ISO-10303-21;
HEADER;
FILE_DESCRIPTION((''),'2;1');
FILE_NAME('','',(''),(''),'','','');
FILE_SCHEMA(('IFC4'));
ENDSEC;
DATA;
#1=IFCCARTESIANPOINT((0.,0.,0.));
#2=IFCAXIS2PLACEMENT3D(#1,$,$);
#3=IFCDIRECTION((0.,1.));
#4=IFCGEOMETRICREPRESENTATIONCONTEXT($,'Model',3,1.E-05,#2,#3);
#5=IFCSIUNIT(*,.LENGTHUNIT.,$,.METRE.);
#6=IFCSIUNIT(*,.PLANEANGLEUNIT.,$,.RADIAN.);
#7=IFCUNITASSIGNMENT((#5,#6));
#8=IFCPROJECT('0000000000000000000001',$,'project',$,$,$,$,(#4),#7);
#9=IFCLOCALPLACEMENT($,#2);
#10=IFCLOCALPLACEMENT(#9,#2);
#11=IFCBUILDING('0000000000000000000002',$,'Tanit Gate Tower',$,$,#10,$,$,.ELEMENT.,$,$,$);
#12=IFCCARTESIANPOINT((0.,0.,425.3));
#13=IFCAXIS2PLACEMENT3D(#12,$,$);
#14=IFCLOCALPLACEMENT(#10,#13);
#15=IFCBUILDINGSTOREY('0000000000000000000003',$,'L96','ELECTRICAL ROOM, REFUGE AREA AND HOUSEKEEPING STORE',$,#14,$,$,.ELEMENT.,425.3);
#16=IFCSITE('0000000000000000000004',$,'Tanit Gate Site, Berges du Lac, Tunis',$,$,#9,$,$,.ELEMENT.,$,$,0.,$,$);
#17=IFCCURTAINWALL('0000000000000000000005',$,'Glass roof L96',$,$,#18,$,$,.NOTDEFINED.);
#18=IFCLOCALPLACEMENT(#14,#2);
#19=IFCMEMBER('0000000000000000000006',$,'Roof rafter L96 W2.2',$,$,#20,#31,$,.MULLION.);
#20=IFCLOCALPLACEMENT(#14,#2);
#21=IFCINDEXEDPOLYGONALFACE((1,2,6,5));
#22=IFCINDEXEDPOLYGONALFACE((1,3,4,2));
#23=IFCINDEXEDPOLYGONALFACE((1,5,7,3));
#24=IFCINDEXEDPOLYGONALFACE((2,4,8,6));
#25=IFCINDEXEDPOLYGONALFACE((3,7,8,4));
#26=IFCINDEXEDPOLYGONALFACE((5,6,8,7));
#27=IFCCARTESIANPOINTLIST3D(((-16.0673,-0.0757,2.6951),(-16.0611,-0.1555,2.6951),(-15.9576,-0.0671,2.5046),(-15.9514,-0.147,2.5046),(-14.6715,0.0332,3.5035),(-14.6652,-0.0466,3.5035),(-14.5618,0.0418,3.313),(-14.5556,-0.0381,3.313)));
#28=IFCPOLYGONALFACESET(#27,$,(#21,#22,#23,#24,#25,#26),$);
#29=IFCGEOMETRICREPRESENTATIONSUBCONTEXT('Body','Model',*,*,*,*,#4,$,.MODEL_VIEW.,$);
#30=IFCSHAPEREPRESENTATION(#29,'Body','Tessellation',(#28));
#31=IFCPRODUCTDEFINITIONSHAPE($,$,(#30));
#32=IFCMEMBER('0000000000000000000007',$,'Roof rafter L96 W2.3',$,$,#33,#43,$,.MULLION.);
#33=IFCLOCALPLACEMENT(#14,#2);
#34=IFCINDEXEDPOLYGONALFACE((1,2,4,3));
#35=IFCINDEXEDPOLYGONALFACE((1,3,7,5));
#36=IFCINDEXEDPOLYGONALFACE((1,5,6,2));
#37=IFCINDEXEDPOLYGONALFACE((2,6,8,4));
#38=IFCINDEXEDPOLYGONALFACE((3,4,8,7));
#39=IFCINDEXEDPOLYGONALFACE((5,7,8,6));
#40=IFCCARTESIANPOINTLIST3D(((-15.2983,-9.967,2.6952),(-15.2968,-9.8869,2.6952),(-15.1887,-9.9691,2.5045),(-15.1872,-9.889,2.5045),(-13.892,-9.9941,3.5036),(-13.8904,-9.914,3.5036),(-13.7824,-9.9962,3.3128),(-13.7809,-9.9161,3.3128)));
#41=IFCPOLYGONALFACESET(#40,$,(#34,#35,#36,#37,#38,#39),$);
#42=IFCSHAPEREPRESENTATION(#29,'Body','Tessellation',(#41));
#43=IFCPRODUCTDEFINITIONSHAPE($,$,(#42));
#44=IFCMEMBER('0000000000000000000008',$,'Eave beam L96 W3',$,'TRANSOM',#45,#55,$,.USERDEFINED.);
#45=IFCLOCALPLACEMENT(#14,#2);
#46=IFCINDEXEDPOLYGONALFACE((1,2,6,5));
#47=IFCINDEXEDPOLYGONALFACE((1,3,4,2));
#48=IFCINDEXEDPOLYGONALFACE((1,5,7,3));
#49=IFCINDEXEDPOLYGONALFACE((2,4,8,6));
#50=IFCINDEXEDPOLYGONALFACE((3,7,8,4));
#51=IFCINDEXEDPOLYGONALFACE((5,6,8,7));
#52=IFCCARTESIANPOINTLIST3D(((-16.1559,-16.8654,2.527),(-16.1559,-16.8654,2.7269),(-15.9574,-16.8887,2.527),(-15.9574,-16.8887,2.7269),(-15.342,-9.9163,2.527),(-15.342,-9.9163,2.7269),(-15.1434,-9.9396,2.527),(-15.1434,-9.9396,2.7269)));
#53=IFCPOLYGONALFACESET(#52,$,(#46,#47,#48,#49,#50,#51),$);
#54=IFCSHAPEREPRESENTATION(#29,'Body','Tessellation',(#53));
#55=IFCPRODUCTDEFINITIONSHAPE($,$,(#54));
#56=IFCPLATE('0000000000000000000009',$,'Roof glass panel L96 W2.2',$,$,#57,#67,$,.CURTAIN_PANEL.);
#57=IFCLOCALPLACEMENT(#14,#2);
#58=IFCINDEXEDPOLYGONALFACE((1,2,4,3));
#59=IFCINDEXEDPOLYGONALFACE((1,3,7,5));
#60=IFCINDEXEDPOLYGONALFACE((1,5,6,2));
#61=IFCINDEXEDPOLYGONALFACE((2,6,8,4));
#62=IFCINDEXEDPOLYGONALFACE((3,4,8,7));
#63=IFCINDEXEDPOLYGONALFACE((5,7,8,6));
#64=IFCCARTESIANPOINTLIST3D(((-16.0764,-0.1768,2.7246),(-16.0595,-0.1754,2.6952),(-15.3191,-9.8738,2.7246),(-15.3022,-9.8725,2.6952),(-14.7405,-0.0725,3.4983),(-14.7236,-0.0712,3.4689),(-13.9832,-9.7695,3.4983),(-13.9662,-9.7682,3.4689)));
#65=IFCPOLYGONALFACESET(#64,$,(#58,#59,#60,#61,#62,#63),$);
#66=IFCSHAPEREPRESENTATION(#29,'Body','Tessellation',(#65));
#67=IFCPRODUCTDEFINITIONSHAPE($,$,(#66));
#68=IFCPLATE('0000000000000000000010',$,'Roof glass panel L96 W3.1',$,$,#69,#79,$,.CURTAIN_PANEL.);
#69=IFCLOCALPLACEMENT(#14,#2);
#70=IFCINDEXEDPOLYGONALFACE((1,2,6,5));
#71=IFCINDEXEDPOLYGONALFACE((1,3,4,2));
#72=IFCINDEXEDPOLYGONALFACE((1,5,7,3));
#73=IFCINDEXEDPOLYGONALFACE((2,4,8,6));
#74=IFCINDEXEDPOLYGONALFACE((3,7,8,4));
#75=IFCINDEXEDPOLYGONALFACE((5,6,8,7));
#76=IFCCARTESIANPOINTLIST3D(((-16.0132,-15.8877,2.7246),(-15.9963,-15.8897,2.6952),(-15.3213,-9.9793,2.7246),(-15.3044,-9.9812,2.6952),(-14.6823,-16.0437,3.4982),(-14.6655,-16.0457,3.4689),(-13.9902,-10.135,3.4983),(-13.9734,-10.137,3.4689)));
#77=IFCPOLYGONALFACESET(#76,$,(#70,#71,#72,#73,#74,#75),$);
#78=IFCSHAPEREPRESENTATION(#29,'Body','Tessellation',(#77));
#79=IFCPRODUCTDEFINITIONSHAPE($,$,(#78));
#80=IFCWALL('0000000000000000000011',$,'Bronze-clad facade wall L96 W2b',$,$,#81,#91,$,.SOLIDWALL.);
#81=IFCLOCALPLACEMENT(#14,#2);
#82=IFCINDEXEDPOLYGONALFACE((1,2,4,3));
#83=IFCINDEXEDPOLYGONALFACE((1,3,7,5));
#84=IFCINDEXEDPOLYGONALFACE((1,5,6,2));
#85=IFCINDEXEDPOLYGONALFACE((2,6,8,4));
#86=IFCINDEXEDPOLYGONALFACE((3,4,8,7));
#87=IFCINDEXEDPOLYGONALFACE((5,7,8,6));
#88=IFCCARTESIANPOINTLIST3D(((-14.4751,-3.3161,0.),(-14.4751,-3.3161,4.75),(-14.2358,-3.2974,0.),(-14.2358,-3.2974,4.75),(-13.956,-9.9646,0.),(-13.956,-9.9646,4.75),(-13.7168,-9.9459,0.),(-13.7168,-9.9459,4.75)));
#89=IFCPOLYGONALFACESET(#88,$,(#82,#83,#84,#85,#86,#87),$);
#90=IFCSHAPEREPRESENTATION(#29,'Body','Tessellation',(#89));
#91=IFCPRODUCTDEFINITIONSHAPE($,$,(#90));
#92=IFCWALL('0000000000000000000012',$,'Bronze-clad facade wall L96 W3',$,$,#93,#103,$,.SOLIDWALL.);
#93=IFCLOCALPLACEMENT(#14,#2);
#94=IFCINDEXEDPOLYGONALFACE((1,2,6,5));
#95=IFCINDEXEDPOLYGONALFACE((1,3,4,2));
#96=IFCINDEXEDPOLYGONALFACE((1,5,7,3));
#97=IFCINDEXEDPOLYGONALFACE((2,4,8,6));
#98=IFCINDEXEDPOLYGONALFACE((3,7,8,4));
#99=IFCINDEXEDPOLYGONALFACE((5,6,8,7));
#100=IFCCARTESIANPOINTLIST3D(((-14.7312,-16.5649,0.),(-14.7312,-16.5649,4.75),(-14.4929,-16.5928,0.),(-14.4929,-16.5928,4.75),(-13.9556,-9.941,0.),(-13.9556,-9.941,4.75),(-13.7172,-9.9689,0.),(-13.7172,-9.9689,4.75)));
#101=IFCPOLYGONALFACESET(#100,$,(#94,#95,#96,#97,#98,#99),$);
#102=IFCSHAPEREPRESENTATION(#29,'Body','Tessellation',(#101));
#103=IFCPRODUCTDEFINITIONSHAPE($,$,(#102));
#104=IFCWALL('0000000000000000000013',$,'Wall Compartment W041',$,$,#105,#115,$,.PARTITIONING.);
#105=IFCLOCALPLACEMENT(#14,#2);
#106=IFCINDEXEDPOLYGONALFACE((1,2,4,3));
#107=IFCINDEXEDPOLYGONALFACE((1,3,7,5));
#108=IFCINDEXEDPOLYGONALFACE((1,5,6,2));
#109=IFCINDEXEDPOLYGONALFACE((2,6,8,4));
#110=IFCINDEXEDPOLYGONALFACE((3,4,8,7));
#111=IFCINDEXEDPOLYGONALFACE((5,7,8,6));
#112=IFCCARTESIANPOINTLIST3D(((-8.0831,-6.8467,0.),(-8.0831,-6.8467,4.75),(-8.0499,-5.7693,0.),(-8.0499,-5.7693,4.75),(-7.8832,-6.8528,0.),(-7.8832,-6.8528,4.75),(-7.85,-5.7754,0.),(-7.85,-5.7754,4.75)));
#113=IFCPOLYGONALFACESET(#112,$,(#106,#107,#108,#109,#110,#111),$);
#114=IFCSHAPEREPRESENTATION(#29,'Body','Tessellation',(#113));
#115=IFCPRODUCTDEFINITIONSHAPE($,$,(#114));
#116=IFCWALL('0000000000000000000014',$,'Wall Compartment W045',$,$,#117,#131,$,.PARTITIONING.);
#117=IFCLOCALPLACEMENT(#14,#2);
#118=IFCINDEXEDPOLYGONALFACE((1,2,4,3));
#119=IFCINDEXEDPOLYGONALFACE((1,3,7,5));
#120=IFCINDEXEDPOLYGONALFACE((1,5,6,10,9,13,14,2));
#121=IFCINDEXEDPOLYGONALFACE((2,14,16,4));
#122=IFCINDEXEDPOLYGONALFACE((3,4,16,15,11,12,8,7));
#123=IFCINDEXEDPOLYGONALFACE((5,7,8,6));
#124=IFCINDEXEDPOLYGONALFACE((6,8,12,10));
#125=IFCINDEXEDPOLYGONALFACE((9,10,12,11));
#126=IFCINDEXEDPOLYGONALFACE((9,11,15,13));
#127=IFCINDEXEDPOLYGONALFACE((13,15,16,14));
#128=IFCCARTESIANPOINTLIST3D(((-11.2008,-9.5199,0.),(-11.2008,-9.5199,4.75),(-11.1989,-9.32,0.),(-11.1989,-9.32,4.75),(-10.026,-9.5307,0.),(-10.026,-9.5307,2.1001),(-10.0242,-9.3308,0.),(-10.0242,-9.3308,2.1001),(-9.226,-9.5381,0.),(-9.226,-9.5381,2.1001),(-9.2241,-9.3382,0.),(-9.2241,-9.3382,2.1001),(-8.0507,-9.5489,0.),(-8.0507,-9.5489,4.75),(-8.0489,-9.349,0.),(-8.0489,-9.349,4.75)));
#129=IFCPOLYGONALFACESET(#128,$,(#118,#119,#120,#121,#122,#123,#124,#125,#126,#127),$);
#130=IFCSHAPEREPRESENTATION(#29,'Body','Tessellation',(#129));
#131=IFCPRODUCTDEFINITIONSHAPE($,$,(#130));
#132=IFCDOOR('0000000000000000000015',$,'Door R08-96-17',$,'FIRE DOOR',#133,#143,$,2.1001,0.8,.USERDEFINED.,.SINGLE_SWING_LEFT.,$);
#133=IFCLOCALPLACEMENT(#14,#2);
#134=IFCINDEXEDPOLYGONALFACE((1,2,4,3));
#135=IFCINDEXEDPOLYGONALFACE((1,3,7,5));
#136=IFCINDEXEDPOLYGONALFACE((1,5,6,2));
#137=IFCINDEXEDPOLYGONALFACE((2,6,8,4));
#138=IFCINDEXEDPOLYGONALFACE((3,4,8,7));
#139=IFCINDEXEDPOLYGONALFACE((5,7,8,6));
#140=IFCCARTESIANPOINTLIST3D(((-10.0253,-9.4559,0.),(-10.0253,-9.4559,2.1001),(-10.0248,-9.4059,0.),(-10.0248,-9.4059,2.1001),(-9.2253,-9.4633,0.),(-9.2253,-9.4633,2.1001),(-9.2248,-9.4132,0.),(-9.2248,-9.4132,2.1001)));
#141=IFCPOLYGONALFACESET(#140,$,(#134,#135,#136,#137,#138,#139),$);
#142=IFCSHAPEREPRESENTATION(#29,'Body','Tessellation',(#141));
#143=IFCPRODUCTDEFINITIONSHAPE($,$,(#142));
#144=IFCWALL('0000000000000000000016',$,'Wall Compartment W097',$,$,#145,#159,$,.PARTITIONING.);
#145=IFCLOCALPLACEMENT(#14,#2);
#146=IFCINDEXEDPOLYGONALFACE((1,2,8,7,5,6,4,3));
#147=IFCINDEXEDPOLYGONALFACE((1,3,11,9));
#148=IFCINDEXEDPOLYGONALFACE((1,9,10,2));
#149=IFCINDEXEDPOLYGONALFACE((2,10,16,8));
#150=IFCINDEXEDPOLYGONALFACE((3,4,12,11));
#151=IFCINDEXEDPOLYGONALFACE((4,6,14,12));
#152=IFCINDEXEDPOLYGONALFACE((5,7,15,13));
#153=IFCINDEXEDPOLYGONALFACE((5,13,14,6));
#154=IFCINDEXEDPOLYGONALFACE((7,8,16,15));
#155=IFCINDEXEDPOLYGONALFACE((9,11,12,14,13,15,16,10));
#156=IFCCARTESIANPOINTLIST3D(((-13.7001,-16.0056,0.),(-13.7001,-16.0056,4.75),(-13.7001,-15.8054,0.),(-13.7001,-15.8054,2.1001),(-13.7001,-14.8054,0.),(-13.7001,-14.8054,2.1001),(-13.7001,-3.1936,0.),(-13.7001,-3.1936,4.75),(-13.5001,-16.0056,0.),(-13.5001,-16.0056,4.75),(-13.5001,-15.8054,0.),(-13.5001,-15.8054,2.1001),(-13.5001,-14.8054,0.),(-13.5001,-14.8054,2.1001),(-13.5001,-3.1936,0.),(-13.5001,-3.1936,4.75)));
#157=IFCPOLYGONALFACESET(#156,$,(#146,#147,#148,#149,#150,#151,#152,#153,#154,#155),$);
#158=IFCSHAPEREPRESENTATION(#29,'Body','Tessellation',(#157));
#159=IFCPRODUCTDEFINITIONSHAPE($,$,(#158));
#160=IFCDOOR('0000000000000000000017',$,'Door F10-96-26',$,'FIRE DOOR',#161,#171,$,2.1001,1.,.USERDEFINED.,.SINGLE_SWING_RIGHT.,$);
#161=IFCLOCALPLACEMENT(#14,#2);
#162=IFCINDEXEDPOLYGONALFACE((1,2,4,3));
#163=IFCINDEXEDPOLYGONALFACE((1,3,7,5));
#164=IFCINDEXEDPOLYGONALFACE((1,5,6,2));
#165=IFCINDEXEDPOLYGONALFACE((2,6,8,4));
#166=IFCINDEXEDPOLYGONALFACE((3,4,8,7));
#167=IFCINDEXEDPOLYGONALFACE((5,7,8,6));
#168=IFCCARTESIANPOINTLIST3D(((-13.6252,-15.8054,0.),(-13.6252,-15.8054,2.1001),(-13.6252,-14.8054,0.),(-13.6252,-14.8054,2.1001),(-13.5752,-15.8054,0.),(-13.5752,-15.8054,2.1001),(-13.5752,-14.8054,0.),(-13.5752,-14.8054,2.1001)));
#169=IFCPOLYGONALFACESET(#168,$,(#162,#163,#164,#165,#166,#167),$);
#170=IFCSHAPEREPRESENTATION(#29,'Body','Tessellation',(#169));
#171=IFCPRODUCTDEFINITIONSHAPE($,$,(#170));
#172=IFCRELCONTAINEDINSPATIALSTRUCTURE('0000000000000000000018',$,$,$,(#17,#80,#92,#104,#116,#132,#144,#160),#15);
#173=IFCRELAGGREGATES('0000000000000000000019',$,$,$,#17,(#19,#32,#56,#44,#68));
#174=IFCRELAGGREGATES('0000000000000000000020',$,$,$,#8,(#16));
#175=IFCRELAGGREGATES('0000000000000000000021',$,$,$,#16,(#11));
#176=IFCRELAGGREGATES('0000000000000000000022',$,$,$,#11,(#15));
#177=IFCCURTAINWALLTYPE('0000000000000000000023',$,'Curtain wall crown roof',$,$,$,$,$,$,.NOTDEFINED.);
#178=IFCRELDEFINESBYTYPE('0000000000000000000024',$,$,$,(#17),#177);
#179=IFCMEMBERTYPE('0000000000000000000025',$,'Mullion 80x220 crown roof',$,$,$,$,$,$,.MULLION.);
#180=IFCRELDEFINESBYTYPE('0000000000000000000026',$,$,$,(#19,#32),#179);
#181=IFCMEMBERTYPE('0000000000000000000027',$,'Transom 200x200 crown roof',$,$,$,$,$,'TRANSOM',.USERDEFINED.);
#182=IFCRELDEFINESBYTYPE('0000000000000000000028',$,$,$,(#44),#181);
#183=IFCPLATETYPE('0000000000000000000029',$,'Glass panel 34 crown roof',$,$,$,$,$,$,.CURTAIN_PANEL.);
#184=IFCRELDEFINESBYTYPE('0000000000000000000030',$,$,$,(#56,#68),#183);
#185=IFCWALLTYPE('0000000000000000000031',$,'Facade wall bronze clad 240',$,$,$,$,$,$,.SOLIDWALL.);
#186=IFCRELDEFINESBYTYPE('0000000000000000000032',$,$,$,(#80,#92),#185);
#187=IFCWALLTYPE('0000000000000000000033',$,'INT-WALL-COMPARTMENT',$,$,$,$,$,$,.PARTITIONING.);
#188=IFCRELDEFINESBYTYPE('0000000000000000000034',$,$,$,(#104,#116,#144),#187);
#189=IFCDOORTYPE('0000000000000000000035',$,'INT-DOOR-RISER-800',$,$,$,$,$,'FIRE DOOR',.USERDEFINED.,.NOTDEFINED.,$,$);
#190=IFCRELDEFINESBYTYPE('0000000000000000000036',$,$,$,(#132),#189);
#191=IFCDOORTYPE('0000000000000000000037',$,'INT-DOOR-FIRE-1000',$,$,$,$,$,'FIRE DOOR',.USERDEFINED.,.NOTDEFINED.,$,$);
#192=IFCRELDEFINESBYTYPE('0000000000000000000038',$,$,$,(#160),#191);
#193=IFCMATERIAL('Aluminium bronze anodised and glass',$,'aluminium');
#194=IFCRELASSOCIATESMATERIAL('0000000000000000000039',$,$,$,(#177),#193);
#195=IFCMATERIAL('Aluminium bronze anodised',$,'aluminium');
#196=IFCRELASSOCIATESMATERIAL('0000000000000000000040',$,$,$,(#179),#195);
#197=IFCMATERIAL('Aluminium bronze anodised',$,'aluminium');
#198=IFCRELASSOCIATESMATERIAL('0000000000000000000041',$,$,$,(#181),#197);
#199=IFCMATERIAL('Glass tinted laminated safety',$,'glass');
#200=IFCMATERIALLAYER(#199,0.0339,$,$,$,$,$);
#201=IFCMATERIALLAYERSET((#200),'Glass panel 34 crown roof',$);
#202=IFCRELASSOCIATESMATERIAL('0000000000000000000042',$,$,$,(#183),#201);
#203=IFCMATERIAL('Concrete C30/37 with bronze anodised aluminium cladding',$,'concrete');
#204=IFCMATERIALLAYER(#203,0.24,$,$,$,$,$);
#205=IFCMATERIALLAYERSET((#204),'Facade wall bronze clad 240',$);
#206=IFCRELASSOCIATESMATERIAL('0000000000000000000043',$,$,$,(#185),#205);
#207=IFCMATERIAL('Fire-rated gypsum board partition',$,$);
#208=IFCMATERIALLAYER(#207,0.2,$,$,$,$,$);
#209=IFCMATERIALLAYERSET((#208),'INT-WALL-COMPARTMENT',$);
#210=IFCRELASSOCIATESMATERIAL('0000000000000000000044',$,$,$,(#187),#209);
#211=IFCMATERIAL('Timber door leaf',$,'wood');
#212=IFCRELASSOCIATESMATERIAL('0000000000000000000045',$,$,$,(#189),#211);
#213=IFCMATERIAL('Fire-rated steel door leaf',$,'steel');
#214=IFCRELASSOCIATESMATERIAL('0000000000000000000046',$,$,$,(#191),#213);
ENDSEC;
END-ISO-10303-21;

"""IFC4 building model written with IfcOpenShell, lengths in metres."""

from ifc_helpers import new_model, si_unit, direction, frame, frame_2d, origin, origin_2d, place, context, subcontext, project, spatial, polyline, rectangle, outline, extrude, material, layer, layer_set, material_profile, profile_set, type_object, element, fill, aggregate, save


model = new_model("IFC4")

# Units and contexts
model_context = context("Model", 3, precision=1e-05, world=origin(), true_north=direction((0.0, 1.0)))
body_context = subcontext(model_context, "Body", "Model", "MODEL_VIEW")
ifc_project = project(units=[si_unit("LENGTHUNIT", "METRE"), si_unit("PLANEANGLEUNIT", "RADIAN")], contexts=[model_context])

# Site, building, storey
site_placement = place(None, origin())
site = spatial("IfcSite", under=ifc_project, at=site_placement, Name="Tanit Gate Site, Berges du Lac, Tunis", CompositionType="ELEMENT", RefElevation=0.0)
building_placement = place(site_placement, origin())
building = spatial("IfcBuilding", under=site, at=building_placement, Name="Tanit Gate Tower", CompositionType="ELEMENT")
storey_placement = place(building_placement, frame((0.0, 0.0, 425.3)))
storey = spatial("IfcBuildingStorey", under=building, at=storey_placement, Name="L96", Description="ELECTRICAL ROOM, REFUGE AREA AND HOUSEKEEPING STORE", CompositionType="ELEMENT", Elevation=425.3)

# Curtain wall, members, plates
ifc_material_1 = material(Name="Aluminium bronze anodised and glass", Category="aluminium")
curtain_wall_type = type_object("IfcCurtainWallType", Name="Curtain wall crown roof", PredefinedType="NOTDEFINED", material=ifc_material_1)
curtain_wall_placement = place(storey_placement, origin())
curtain_wall = element("IfcCurtainWall", 1, at=curtain_wall_placement, inside=storey, type_object=curtain_wall_type, Name="Glass roof L96", PredefinedType="NOTDEFINED")
ifc_material_2 = material(Name="Aluminium bronze anodised", Category="aluminium")
ifc_material_profile_1 = material_profile(ifc_material_2, rectangle(XDim=0.0801, YDim=0.22, at=origin_2d()), Name="80x220 bronze rafter")
ifc_profile_set_1 = profile_set([ifc_material_profile_1], Name="Aluminium bronze anodised")
member_type_1 = type_object("IfcMemberType", Name="Mullion 80x220 crown roof", PredefinedType="MULLION", material=ifc_profile_set_1)
member_1_placement = place(storey_placement, frame((-14.6135, -0.0024, 3.4082), z_axis=(-0.863385, -0.067355, -0.500029), x_axis=(0.077777, -0.996971, 0.0)))
member_1 = element("IfcMember", 2, at=member_1_placement, type_object=member_type_1, Name="Roof rafter L96 W2.2", PredefinedType="MULLION", context=body_context, shape_type="SweptSolid", body=[
    extrude(rectangle(XDim=0.0801, YDim=0.22, at=origin_2d()), origin(), (0.0, 0.0, 1.0), 1.6167),
])
member_2_placement = place(storey_placement, frame((-13.8364, -9.9551, 3.4082), z_axis=(-0.86685, 0.016705, -0.498288), x_axis=(-0.019267, -0.999814, 0.0)))
member_2 = element("IfcMember", 3, at=member_2_placement, type_object=member_type_1, Name="Roof rafter L96 W2.3", PredefinedType="MULLION", context=body_context, shape_type="SweptSolid", body=[
    extrude(rectangle(XDim=0.0801, YDim=0.22, at=origin_2d()), origin(), (0.0, 0.0, 1.0), 1.6223),
])
ifc_material_3 = material(Name="Aluminium bronze anodised", Category="aluminium")
ifc_material_profile_2 = material_profile(ifc_material_3, rectangle(XDim=0.2, YDim=0.2, at=origin_2d()), Name="200x200 bronze transom")
ifc_profile_set_2 = profile_set([ifc_material_profile_2], Name="Aluminium bronze anodised")
member_type_2 = type_object("IfcMemberType", Name="Transom 200x200 crown roof", ElementType="TRANSOM", PredefinedType="USERDEFINED", material=ifc_profile_set_2)
member_3_placement = place(storey_placement, frame((-15.2427, -9.928, 2.627), z_axis=(-0.116339, -0.99321, 0.0), x_axis=(0.99321, -0.116339, 0.0)))
member_3 = element("IfcMember", 4, at=member_3_placement, type_object=member_type_2, Name="Eave beam L96 W3", ObjectType="TRANSOM", PredefinedType="USERDEFINED", context=body_context, shape_type="SweptSolid", body=[
    extrude(rectangle(XDim=0.2, YDim=0.2, at=origin_2d()), origin(), (0.0, 0.0, 1.0), 6.9966),
])
ifc_material_4 = material(Name="Glass tinted laminated safety", Category="glass")
ifc_layer_1 = layer(ifc_material_4, 0.0339)
ifc_layer_set_1 = layer_set([ifc_layer_1], Name="Glass panel 34 crown roof")
plate_type = type_object("IfcPlateType", Name="Glass panel 34 crown roof", PredefinedType="CURTAIN_PANEL", material=ifc_layer_set_1)
plate_1_placement = place(storey_placement, frame((-14.7405, -0.0725, 3.4983), z_axis=(-0.498498, -0.038932, 0.866016), x_axis=(0.077862, -0.996964, 0.0)))
plate_1 = element("IfcPlate", 5, at=plate_1_placement, type_object=plate_type, Name="Roof glass panel L96 W2.2", PredefinedType="CURTAIN_PANEL", context=body_context, shape_type="SweptSolid", body=[
    extrude(outline(polyline([(0.0, 0.0), (9.7265, 0.0), (9.7265, -1.5473), (-0.0001, -1.5473), (0.0, 0.0)])), origin(), (0.0, 0.0, -1.0), 0.0339),
])
plate_2_placement = place(storey_placement, frame((-13.9902, -10.135, 3.4983), z_axis=(-0.496613, 0.058164, 0.866021), x_axis=(-0.116339, -0.99321, -0.000008)))
plate_2 = element("IfcPlate", 6, at=plate_2_placement, type_object=plate_type, Name="Roof glass panel L96 W3.1", PredefinedType="CURTAIN_PANEL", context=body_context, shape_type="SweptSolid", body=[
    extrude(outline(polyline([(0.0, 0.0), (5.9491, 0.0), (5.949, -1.5472), (0.0002, -1.5474), (0.0, 0.0)])), origin(), (0.0, 0.0, -1.0), 0.0339),
])
aggregate(curtain_wall, [member_1, member_2, plate_1, member_3, plate_2])

# Walls
ifc_material_5 = material(Name="Concrete C30/37 with bronze anodised aluminium cladding", Category="concrete")
ifc_layer_2 = layer(ifc_material_5, 0.24)
ifc_layer_set_2 = layer_set([ifc_layer_2], Name="Facade wall bronze clad 240")
wall_type_1 = type_object("IfcWallType", Name="Facade wall bronze clad 240", PredefinedType="SOLIDWALL", material=ifc_layer_set_2)
wall_1_placement = place(storey_placement, frame((-14.3555, -3.3066, 0.0), z_axis=(0.0, 0.0, 1.0), x_axis=(0.077833, -0.996966, 0.0)))
element("IfcWall", 7, at=wall_1_placement, inside=storey, type_object=wall_type_1, Name="Bronze-clad facade wall L96 W2b", PredefinedType="SOLIDWALL", context=body_context, shape_type="SweptSolid", body=[
    extrude(rectangle(XDim=6.6687, YDim=0.24, at=frame_2d((3.3345, 0.0))), origin(), (0.0, 0.0, 1.0), 4.75),
])
wall_2_placement = place(storey_placement, frame((-13.8364, -9.9551, 0.0), z_axis=(0.0, 0.0, 1.0), x_axis=(-0.1163, -0.993214, 0.0)))
element("IfcWall", 8, at=wall_2_placement, inside=storey, type_object=wall_type_1, Name="Bronze-clad facade wall L96 W3", PredefinedType="SOLIDWALL", context=body_context, shape_type="SweptSolid", body=[
    extrude(rectangle(XDim=6.6692, YDim=0.24, at=frame_2d((3.3345, 0.0))), origin(), (0.0, 0.0, 1.0), 4.75),
])
ifc_material_6 = material(Name="Fire-rated gypsum board partition")
ifc_layer_3 = layer(ifc_material_6, 0.2)
ifc_layer_set_3 = layer_set([ifc_layer_3], Name="INT-WALL-COMPARTMENT")
wall_type_2 = type_object("IfcWallType", Name="INT-WALL-COMPARTMENT", PredefinedType="PARTITIONING", material=ifc_layer_set_3)
wall_3_placement = place(storey_placement, frame((-7.9832, -6.8499, 0.0), z_axis=(0.0, 0.0, 1.0), x_axis=(0.030803, 0.999525, 0.0)))
element("IfcWall", 9, at=wall_3_placement, inside=storey, type_object=wall_type_2, Name="Wall Compartment W041", PredefinedType="PARTITIONING", context=body_context, shape_type="SweptSolid", body=[
    extrude(rectangle(XDim=1.0779, YDim=0.2, at=frame_2d((0.5391, 0.0))), origin(), (0.0, 0.0, 1.0), 4.75),
])

# Walls, openings, doors
wall_4_placement = place(storey_placement, frame((-11.2, -9.4199, 0.0), z_axis=(0.0, 0.0, 1.0), x_axis=(0.999957, -0.009223, 0.0)))
wall_4 = element("IfcWall", 10, at=wall_4_placement, inside=storey, type_object=wall_type_2, Name="Wall Compartment W045", PredefinedType="PARTITIONING", context=body_context, shape_type="SweptSolid", body=[
    extrude(rectangle(XDim=3.1501, YDim=0.2, at=frame_2d((1.5752, 0.0))), origin(), (0.0, 0.0, 1.0), 4.75),
])
opening_1_placement = place(wall_4_placement, frame((1.175, 0.0, 0.0)))
opening_1 = element("IfcOpeningElement", 11, at=opening_1_placement, cuts=wall_4, PredefinedType="OPENING", context=body_context, shape_type="SweptSolid", body=[
    extrude(rectangle(XDim=0.8, YDim=2.1001, at=frame_2d((0.3999, 1.05))), frame((0.0, 0.1099, 0.0), z_axis=(0.0, -1.0, 0.0), x_axis=(1.0, 0.0, 0.0)), (0.0, 0.0, 1.0), 0.22),
])
ifc_material_7 = material(Name="Timber door leaf", Category="wood")
door_type_1 = type_object("IfcDoorType", Name="INT-DOOR-RISER-800", ElementType="FIRE DOOR", OperationType="NOTDEFINED", PredefinedType="USERDEFINED", material=ifc_material_7)
door_1_placement = place(opening_1_placement, origin())
door_1 = element("IfcDoor", 12, at=door_1_placement, inside=storey, type_object=door_type_1, Name="Door R08-96-17", ObjectType="FIRE DOOR", OperationType="SINGLE_SWING_LEFT", OverallHeight=2.1001, OverallWidth=0.8, PredefinedType="USERDEFINED", context=body_context, shape_type="SweptSolid", body=[
    extrude(rectangle(XDim=0.8, YDim=2.1001, at=frame_2d((0.3999, 1.05))), frame((0.0, 0.0249, 0.0), z_axis=(0.0, -1.0, 0.0), x_axis=(1.0, 0.0, 0.0)), (0.0, 0.0, 1.0), 0.05),
])
fill(opening_1, door_1)
wall_5_placement = place(storey_placement, frame((-13.6001, -3.1936, 0.0), z_axis=(0.0, 0.0, 1.0), x_axis=(0.0, -1.0, 0.0)))
wall_5 = element("IfcWall", 13, at=wall_5_placement, inside=storey, type_object=wall_type_2, Name="Wall Compartment W097", PredefinedType="PARTITIONING", context=body_context, shape_type="SweptSolid", body=[
    extrude(rectangle(XDim=12.812, YDim=0.2, at=frame_2d((6.406, 0.0))), origin(), (0.0, 0.0, 1.0), 4.75),
])
opening_2_placement = place(wall_5_placement, frame((11.6118, 0.0, 0.0)))
opening_2 = element("IfcOpeningElement", 14, at=opening_2_placement, cuts=wall_5, PredefinedType="OPENING", context=body_context, shape_type="SweptSolid", body=[
    extrude(rectangle(XDim=1.0, YDim=2.1001, at=frame_2d((0.5, 1.05))), frame((0.0, 0.1099, 0.0), z_axis=(0.0, -1.0, 0.0), x_axis=(1.0, 0.0, 0.0)), (0.0, 0.0, 1.0), 0.22),
])
ifc_material_8 = material(Name="Fire-rated steel door leaf", Category="steel")
door_type_2 = type_object("IfcDoorType", Name="INT-DOOR-FIRE-1000", ElementType="FIRE DOOR", OperationType="NOTDEFINED", PredefinedType="USERDEFINED", material=ifc_material_8)
door_2_placement = place(opening_2_placement, origin())
door_2 = element("IfcDoor", 15, at=door_2_placement, inside=storey, type_object=door_type_2, Name="Door F10-96-26", ObjectType="FIRE DOOR", OperationType="SINGLE_SWING_RIGHT", OverallHeight=2.1001, OverallWidth=1.0, PredefinedType="USERDEFINED", context=body_context, shape_type="SweptSolid", body=[
    extrude(rectangle(XDim=1.0, YDim=2.1001, at=frame_2d((0.5, 1.05))), frame((0.0, 0.0249, 0.0), z_axis=(0.0, -1.0, 0.0), x_axis=(1.0, 0.0, 0.0)), (0.0, 0.0, 1.0), 0.05),
])
fill(opening_2, door_2)

save(model, "model.ifc")
